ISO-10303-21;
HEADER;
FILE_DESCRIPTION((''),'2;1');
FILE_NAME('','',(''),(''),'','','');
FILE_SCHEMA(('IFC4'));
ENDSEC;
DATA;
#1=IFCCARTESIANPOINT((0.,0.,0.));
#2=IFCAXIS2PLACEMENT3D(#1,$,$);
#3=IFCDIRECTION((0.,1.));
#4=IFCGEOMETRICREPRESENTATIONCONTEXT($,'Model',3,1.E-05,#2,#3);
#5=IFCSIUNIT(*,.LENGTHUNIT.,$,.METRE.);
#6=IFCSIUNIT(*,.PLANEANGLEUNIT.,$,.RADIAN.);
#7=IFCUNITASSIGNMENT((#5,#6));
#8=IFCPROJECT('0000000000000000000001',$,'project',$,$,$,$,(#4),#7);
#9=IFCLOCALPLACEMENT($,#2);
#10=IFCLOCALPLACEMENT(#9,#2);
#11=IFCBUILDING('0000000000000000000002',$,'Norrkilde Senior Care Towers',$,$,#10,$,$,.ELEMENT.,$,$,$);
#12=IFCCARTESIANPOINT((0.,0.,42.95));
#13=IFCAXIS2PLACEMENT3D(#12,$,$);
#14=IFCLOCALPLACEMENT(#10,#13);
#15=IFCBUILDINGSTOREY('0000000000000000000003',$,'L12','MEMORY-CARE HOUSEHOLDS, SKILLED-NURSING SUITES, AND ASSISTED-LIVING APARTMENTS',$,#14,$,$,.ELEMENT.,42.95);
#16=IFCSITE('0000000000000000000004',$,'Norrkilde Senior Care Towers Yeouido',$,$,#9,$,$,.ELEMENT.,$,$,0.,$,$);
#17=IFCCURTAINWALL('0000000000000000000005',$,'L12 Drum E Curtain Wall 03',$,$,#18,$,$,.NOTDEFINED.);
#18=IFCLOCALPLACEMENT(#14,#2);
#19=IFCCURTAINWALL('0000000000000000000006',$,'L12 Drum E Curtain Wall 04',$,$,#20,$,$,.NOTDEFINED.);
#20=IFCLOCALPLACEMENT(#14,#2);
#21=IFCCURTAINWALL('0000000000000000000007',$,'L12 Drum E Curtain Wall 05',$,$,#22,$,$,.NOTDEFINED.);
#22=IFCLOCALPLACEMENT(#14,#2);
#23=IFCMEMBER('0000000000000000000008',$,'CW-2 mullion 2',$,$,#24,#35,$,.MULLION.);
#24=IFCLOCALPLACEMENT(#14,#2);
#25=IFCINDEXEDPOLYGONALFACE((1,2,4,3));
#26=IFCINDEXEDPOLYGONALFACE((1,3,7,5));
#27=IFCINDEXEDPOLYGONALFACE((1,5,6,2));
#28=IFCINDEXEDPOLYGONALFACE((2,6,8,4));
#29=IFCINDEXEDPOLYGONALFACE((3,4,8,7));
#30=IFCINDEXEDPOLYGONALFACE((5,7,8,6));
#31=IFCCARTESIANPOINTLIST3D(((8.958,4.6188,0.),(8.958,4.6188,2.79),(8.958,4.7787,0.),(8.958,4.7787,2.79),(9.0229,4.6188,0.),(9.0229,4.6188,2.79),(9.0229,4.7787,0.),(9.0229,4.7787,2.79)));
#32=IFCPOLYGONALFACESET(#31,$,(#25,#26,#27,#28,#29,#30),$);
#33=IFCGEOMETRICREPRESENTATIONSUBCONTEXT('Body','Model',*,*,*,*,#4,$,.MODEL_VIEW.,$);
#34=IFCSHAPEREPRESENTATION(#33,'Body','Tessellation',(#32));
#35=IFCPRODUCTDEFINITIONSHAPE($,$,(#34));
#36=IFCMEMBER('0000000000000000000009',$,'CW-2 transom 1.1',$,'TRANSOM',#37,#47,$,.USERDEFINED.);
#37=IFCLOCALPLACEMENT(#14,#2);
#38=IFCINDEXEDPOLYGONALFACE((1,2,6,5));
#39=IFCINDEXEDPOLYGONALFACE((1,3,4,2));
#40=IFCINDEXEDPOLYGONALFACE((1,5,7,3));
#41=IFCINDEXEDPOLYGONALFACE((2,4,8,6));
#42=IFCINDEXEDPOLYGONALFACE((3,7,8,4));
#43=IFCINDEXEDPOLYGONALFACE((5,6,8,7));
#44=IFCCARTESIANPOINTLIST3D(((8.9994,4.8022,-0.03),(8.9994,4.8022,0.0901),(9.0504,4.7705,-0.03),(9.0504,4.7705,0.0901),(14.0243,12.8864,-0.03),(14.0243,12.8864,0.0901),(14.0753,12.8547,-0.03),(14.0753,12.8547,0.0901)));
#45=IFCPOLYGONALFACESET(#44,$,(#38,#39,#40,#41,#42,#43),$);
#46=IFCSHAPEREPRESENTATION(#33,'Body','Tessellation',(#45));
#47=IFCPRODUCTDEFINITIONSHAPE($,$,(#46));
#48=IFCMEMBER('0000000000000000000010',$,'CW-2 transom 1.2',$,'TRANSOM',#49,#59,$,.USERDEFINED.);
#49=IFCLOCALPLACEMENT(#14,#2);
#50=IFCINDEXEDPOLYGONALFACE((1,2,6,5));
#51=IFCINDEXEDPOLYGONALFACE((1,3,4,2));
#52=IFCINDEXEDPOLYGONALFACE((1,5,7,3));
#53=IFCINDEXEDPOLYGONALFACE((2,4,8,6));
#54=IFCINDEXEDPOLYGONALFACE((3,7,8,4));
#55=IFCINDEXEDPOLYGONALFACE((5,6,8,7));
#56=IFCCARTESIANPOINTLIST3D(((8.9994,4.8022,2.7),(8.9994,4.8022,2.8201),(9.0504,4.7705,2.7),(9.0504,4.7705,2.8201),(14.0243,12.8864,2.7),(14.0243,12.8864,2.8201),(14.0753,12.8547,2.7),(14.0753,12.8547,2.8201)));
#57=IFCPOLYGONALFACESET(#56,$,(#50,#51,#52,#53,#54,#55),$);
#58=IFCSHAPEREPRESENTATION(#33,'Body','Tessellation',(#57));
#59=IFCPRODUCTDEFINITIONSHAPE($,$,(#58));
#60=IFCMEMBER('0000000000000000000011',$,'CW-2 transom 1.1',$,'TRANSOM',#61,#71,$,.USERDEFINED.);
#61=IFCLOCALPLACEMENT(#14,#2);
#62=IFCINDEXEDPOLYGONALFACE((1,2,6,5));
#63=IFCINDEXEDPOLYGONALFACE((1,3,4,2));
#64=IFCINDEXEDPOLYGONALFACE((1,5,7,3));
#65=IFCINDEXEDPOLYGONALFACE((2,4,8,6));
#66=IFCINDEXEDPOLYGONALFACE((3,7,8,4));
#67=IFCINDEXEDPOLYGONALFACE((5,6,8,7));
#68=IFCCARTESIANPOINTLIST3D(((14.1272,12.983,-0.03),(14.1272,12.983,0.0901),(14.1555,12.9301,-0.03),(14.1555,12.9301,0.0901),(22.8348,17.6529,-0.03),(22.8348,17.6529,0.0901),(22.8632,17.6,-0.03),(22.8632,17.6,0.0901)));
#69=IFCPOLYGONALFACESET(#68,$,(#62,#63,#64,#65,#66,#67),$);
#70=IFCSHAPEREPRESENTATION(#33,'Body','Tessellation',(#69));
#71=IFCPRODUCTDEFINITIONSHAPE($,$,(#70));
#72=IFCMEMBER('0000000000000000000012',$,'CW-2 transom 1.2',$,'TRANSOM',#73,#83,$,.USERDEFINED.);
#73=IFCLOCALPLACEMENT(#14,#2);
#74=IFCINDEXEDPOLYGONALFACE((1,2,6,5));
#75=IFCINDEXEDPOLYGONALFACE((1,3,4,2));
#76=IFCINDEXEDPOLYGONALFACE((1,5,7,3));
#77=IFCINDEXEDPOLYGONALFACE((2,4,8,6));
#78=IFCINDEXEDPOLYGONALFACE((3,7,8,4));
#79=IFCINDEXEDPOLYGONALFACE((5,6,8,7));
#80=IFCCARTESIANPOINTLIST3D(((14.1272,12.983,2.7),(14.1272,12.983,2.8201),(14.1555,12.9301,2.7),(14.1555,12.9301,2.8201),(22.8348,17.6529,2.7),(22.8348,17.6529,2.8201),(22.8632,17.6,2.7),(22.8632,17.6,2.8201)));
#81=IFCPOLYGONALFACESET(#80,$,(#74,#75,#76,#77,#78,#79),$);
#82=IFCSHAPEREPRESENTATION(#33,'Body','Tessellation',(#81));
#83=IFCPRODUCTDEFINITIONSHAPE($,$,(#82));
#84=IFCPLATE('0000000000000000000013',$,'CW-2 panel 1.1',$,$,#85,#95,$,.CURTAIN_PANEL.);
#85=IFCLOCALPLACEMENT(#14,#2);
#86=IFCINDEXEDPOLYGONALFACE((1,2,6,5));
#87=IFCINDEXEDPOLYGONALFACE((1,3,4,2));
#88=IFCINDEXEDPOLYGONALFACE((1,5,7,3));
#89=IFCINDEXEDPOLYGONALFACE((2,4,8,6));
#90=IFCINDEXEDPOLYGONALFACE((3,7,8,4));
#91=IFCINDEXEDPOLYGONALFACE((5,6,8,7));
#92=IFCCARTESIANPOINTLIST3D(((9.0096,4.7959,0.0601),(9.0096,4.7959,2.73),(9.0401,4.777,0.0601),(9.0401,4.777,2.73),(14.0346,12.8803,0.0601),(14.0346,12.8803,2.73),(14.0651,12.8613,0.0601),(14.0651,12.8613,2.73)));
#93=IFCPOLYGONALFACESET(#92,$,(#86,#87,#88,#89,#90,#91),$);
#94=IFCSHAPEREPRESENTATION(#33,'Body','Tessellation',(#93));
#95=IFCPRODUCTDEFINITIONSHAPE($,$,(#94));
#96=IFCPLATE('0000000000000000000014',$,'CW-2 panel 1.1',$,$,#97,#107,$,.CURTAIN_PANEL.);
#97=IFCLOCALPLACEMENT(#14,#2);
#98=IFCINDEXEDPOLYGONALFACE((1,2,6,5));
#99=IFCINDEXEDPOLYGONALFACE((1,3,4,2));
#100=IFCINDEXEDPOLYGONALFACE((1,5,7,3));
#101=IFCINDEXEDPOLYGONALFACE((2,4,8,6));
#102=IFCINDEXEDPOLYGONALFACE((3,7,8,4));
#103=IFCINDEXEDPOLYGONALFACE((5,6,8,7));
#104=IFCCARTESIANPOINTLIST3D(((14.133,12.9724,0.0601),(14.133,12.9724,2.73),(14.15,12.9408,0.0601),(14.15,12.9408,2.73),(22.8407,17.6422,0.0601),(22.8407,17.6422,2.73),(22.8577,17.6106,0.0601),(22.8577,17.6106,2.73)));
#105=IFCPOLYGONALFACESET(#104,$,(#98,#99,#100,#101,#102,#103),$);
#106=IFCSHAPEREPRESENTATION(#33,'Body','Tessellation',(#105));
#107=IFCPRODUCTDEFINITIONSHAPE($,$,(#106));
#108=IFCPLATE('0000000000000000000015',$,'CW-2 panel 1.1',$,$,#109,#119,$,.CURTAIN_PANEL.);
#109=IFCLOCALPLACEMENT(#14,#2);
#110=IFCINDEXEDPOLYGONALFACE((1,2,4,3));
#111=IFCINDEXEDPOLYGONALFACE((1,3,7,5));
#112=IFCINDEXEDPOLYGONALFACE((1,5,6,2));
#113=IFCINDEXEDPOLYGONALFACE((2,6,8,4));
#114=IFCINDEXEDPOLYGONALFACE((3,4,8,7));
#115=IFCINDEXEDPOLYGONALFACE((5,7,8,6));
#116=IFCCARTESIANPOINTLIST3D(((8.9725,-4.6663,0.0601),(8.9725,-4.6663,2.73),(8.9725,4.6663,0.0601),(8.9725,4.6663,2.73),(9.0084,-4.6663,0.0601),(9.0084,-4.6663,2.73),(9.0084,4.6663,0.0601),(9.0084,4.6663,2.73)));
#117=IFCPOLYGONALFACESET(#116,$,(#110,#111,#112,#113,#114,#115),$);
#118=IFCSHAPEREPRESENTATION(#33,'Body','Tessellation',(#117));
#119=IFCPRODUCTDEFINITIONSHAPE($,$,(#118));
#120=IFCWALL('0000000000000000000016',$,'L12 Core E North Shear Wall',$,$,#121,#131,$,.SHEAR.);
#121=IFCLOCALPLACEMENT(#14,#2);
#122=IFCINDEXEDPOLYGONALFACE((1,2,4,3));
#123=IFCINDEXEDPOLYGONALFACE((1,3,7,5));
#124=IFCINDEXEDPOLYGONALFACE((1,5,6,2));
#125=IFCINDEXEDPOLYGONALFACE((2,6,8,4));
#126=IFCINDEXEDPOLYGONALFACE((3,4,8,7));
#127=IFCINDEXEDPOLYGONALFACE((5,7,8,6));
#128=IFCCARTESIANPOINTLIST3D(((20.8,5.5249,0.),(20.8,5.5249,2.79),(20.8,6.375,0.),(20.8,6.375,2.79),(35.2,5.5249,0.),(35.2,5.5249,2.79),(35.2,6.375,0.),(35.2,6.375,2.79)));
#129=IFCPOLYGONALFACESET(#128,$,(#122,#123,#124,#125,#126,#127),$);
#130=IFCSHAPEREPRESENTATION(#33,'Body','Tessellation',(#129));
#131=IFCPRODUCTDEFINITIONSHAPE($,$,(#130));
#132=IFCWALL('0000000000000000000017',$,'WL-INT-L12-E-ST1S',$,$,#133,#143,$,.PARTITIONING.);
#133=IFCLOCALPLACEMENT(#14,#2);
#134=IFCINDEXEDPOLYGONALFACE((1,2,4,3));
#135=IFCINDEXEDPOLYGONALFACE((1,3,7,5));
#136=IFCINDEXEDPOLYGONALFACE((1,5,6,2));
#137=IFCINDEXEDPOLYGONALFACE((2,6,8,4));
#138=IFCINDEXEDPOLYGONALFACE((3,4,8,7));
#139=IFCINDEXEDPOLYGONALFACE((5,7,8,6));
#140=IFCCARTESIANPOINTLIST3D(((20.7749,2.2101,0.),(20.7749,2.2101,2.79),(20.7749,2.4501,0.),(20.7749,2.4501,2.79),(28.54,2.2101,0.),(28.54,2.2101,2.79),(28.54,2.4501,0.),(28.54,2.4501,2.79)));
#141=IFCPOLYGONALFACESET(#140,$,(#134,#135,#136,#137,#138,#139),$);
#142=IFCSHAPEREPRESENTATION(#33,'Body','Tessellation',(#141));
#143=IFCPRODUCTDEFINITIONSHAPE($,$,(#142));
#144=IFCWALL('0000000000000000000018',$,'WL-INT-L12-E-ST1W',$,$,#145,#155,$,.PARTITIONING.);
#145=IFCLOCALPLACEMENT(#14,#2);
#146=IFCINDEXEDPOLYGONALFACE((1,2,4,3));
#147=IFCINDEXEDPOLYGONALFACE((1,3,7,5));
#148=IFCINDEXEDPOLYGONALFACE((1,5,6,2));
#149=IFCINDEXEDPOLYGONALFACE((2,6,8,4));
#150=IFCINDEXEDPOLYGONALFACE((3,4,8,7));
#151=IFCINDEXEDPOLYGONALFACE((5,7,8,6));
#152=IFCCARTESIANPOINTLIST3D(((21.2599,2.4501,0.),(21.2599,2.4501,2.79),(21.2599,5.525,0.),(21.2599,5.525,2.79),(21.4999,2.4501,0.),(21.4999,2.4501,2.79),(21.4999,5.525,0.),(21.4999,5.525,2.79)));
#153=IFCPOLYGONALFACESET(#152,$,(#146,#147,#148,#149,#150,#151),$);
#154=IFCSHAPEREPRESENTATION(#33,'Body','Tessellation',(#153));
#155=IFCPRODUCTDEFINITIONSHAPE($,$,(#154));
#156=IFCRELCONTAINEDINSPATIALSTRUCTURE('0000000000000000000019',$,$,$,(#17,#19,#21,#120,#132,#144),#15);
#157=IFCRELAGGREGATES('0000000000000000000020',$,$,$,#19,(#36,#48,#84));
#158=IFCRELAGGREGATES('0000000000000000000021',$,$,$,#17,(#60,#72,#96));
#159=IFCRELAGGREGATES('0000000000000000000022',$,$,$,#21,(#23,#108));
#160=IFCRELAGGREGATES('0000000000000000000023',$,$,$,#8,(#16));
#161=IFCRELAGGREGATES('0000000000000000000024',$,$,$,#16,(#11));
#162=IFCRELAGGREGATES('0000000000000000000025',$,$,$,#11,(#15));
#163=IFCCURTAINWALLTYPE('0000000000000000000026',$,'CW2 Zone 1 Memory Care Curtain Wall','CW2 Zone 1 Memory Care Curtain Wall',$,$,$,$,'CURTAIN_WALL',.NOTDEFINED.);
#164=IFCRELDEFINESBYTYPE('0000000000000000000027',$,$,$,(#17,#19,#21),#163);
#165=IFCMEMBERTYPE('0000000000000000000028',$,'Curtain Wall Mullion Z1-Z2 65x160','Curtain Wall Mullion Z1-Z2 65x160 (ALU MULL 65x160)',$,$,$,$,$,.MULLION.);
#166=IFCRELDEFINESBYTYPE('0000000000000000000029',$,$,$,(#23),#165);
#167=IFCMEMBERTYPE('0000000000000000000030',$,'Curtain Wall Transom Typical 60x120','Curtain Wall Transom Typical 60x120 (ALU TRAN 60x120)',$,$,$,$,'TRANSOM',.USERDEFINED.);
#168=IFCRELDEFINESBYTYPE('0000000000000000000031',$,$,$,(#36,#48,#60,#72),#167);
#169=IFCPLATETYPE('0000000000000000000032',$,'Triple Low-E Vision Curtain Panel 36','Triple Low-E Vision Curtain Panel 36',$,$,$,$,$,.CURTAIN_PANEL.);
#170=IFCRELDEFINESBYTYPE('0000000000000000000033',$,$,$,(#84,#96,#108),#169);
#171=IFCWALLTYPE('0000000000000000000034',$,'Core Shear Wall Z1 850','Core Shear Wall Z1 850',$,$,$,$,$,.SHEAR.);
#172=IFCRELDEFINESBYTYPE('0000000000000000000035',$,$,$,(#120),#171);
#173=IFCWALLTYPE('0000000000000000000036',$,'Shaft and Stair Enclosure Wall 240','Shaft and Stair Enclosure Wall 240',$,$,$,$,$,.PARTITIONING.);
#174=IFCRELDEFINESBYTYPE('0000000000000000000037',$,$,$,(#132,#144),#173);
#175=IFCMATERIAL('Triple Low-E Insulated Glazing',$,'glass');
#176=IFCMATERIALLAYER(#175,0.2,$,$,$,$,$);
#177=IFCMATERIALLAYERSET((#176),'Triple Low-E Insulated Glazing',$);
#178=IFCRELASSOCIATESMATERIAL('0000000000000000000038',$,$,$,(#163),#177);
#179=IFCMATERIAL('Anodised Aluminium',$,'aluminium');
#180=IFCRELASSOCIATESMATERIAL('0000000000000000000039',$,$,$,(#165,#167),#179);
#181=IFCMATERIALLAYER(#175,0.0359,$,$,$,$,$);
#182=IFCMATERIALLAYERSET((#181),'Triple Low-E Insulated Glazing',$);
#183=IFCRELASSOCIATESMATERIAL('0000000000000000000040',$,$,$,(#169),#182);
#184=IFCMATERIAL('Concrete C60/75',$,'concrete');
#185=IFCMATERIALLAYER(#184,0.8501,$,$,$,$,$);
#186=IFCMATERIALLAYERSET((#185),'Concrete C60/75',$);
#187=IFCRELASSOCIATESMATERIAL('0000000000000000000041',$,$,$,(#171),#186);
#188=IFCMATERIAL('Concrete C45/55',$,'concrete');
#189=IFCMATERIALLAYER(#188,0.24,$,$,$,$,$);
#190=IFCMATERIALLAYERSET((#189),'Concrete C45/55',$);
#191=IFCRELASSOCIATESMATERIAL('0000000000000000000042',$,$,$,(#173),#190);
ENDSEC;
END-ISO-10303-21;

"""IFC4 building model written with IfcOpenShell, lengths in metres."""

from ifc_helpers import new_model, si_unit, direction, frame, frame_2d, origin, origin_2d, place, context, subcontext, project, spatial, rectangle, extrude, source, transform, mapped, material, layer, layer_set, material_profile, profile_set, type_object, type_shapes, element, aggregate, save


model = new_model("IFC4")

# Units and contexts
model_context = context("Model", 3, precision=1e-05, world=origin(), true_north=direction((0.0, 1.0)))
body_context = subcontext(model_context, "Body", "Model", "MODEL_VIEW")
ifc_project = project(units=[si_unit("LENGTHUNIT", "METRE"), si_unit("PLANEANGLEUNIT", "RADIAN")], contexts=[model_context])

# Site, building, storey
site_placement = place(None, origin())
site = spatial("IfcSite", under=ifc_project, at=site_placement, Name="Norrkilde Senior Care Towers Yeouido", CompositionType="ELEMENT", RefElevation=0.0)
building_placement = place(site_placement, origin())
building = spatial("IfcBuilding", under=site, at=building_placement, Name="Norrkilde Senior Care Towers", CompositionType="ELEMENT")
storey_placement = place(building_placement, frame((0.0, 0.0, 42.95)))
storey = spatial("IfcBuildingStorey", under=building, at=storey_placement, Name="L12", Description="MEMORY-CARE HOUSEHOLDS, SKILLED-NURSING SUITES, AND ASSISTED-LIVING APARTMENTS", CompositionType="ELEMENT", Elevation=42.95)

# Shared definitions
ifc_material_1 = material(Name="Concrete C60/75", Category="concrete")

# Curtain wall
ifc_material_2 = material(Name="Triple Low-E Insulated Glazing", Category="glass")
ifc_layer_1 = layer(ifc_material_2, 0.2)
ifc_layer_set_1 = layer_set([ifc_layer_1], Name="Triple Low-E Insulated Glazing")
curtain_wall_type = type_object("IfcCurtainWallType", Name="CW2 Zone 1 Memory Care Curtain Wall", Description="CW2 Zone 1 Memory Care Curtain Wall", ElementType="CURTAIN_WALL", PredefinedType="NOTDEFINED", material=ifc_layer_set_1)
curtain_wall_1_placement = place(storey_placement, origin())
curtain_wall_1 = element("IfcCurtainWall", 1, at=curtain_wall_1_placement, inside=storey, type_object=curtain_wall_type, Name="L12 Drum E Curtain Wall 03", PredefinedType="NOTDEFINED")
ifc_material_3 = material(Name="Anodised Aluminium", Category="aluminium")
ifc_material_profile_1 = material_profile(ifc_material_3, rectangle(XDim=0.0649, YDim=0.1599, at=origin_2d()), Name="ALU MULL 65x160")
ifc_profile_set_1 = profile_set([ifc_material_profile_1], Name="Anodised Aluminium")
member_type_1 = type_object("IfcMemberType", Name="Curtain Wall Mullion Z1-Z2 65x160", Description="Curtain Wall Mullion Z1-Z2 65x160 (ALU MULL 65x160)", PredefinedType="MULLION", material=ifc_profile_set_1)
shared_shape_1 = source(origin(), body_context, "Body", "SweptSolid", [
    extrude(rectangle(XDim=0.0649, YDim=0.1599, at=origin_2d()), origin(), (0.0, 0.0, 1.0), 2.79),
])
type_shapes(member_type_1, [shared_shape_1])

# Curtain wall
curtain_wall_2_placement = place(storey_placement, origin())
curtain_wall_2 = element("IfcCurtainWall", 2, at=curtain_wall_2_placement, inside=storey, type_object=curtain_wall_type, Name="L12 Drum E Curtain Wall 04", PredefinedType="NOTDEFINED")

# Curtain wall, member
curtain_wall_3_placement = place(storey_placement, origin())
curtain_wall_3 = element("IfcCurtainWall", 3, at=curtain_wall_3_placement, inside=storey, type_object=curtain_wall_type, Name="L12 Drum E Curtain Wall 05", PredefinedType="NOTDEFINED")
member_1_placement = place(storey_placement, frame((8.9905, 4.6987, 0.0), z_axis=(0.0, 0.0, 1.0), x_axis=(-1.0, 0.0, 0.0)))
member_1 = element("IfcMember", 4, at=member_1_placement, type_object=member_type_1, Name="CW-2 mullion 2", PredefinedType="MULLION", context=body_context, shape_type="MappedRepresentation", body=[
    mapped(shared_shape_1, transform((0.0, 0.0, 0.0), x_axis=(1.0, 0.0, 0.0), y_axis=(0.0, 1.0, 0.0), z_axis=(0.0, 0.0, 1.0), scale=1.0)),
])

# Members
ifc_material_profile_2 = material_profile(ifc_material_3, rectangle(XDim=0.0601, YDim=0.1201, at=origin_2d()), Name="ALU TRAN 60x120")
ifc_profile_set_2 = profile_set([ifc_material_profile_2], Name="Anodised Aluminium")
member_type_2 = type_object("IfcMemberType", Name="Curtain Wall Transom Typical 60x120", Description="Curtain Wall Transom Typical 60x120 (ALU TRAN 60x120)", ElementType="TRANSOM", PredefinedType="USERDEFINED", material=ifc_profile_set_2)
shared_shape_2 = source(origin(), body_context, "Body", "SweptSolid", [
    extrude(rectangle(XDim=0.0601, YDim=0.1201, at=origin_2d()), origin(), (0.0, 0.0, 1.0), 9.5186),
])
member_2_placement = place(storey_placement, frame((9.0249, 4.7864, 0.03), z_axis=(0.527902, 0.849306, 0.0), x_axis=(-0.849306, 0.527902, 0.0)))
member_2 = element("IfcMember", 5, at=member_2_placement, type_object=member_type_2, Name="CW-2 transom 1.1", ObjectType="TRANSOM", PredefinedType="USERDEFINED", context=body_context, shape_type="MappedRepresentation", body=[
    mapped(shared_shape_2, transform((0.0, 0.0, 0.0), x_axis=(1.0, 0.0, 0.0), y_axis=(0.0, 1.0, 0.0), z_axis=(0.0, 0.0, 1.0), scale=1.0)),
])
member_3_placement = place(storey_placement, frame((9.0249, 4.7864, 2.76), z_axis=(0.527902, 0.849306, 0.0), x_axis=(-0.849306, 0.527902, 0.0)))
member_3 = element("IfcMember", 6, at=member_3_placement, type_object=member_type_2, Name="CW-2 transom 1.2", ObjectType="TRANSOM", PredefinedType="USERDEFINED", context=body_context, shape_type="MappedRepresentation", body=[
    mapped(shared_shape_2, transform((0.0, 0.0, 0.0), x_axis=(1.0, 0.0, 0.0), y_axis=(0.0, 1.0, 0.0), z_axis=(0.0, 0.0, 1.0), scale=1.0)),
])
shared_shape_3 = source(origin(), body_context, "Body", "SweptSolid", [
    extrude(rectangle(XDim=0.0601, YDim=0.1201, at=origin_2d()), origin(), (0.0, 0.0, 1.0), 9.8809),
])
type_shapes(member_type_2, [shared_shape_2, shared_shape_3])
member_4_placement = place(storey_placement, frame((14.1414, 12.9565, 0.03), z_axis=(0.881267, 0.472618, 0.0), x_axis=(-0.472618, 0.881267, 0.0)))
member_4 = element("IfcMember", 7, at=member_4_placement, type_object=member_type_2, Name="CW-2 transom 1.1", ObjectType="TRANSOM", PredefinedType="USERDEFINED", context=body_context, shape_type="MappedRepresentation", body=[
    mapped(shared_shape_3, transform((0.0, 0.0, 0.0), x_axis=(1.0, 0.0, 0.0), y_axis=(0.0, 1.0, 0.0), z_axis=(0.0, 0.0, 1.0), scale=1.0)),
])
member_5_placement = place(storey_placement, frame((14.1414, 12.9565, 2.76), z_axis=(0.881267, 0.472618, 0.0), x_axis=(-0.472618, 0.881267, 0.0)))
member_5 = element("IfcMember", 8, at=member_5_placement, type_object=member_type_2, Name="CW-2 transom 1.2", ObjectType="TRANSOM", PredefinedType="USERDEFINED", context=body_context, shape_type="MappedRepresentation", body=[
    mapped(shared_shape_3, transform((0.0, 0.0, 0.0), x_axis=(1.0, 0.0, 0.0), y_axis=(0.0, 1.0, 0.0), z_axis=(0.0, 0.0, 1.0), scale=1.0)),
])

# Plates
ifc_layer_2 = layer(ifc_material_2, 0.0359)
ifc_layer_set_2 = layer_set([ifc_layer_2], Name="Triple Low-E Insulated Glazing")
plate_type = type_object("IfcPlateType", Name="Triple Low-E Vision Curtain Panel 36", Description="Triple Low-E Vision Curtain Panel 36", PredefinedType="CURTAIN_PANEL", material=ifc_layer_set_2)
shared_shape_4 = source(origin(), body_context, "Body", "SweptSolid", [
    extrude(rectangle(XDim=9.5188, YDim=0.0359, at=origin_2d()), origin(), (0.0, 0.0, 1.0), 2.6699),
])
plate_1_placement = place(storey_placement, frame((11.5374, 8.8286, 0.0601), z_axis=(0.0, 0.0, 1.0), x_axis=(0.527901, 0.849306, 0.0)))
plate_1 = element("IfcPlate", 9, at=plate_1_placement, type_object=plate_type, Name="CW-2 panel 1.1", PredefinedType="CURTAIN_PANEL", context=body_context, shape_type="MappedRepresentation", body=[
    mapped(shared_shape_4, transform((0.0, 0.0, 0.0), x_axis=(1.0, 0.0, 0.0), y_axis=(0.0, 1.0, 0.0), z_axis=(0.0, 0.0, 1.0), scale=1.0)),
])
aggregate(curtain_wall_2, [member_2, member_3, plate_1])
shared_shape_5 = source(origin(), body_context, "Body", "SweptSolid", [
    extrude(rectangle(XDim=9.8809, YDim=0.0359, at=origin_2d()), origin(), (0.0, 0.0, 1.0), 2.6699),
])
plate_2_placement = place(storey_placement, frame((18.4954, 15.2915, 0.0601), z_axis=(0.0, 0.0, 1.0), x_axis=(0.881273, 0.472608, 0.0)))
plate_2 = element("IfcPlate", 10, at=plate_2_placement, type_object=plate_type, Name="CW-2 panel 1.1", PredefinedType="CURTAIN_PANEL", context=body_context, shape_type="MappedRepresentation", body=[
    mapped(shared_shape_5, transform((0.0, 0.0, 0.0), x_axis=(1.0, 0.0, 0.0), y_axis=(0.0, 1.0, 0.0), z_axis=(0.0, 0.0, 1.0), scale=1.0)),
])
aggregate(curtain_wall_1, [member_4, member_5, plate_2])
shared_shape_6 = source(origin(), body_context, "Body", "SweptSolid", [
    extrude(rectangle(XDim=9.3325, YDim=0.0359, at=origin_2d()), origin(), (0.0, 0.0, 1.0), 2.6699),
])
type_shapes(plate_type, [shared_shape_4, shared_shape_5, shared_shape_6])
plate_3_placement = place(storey_placement, frame((8.9905, 0.0, 0.0601), z_axis=(0.0, 0.0, 1.0), x_axis=(0.0, 1.0, 0.0)))
plate_3 = element("IfcPlate", 11, at=plate_3_placement, type_object=plate_type, Name="CW-2 panel 1.1", PredefinedType="CURTAIN_PANEL", context=body_context, shape_type="MappedRepresentation", body=[
    mapped(shared_shape_6, transform((0.0, 0.0, 0.0), x_axis=(1.0, 0.0, 0.0), y_axis=(0.0, 1.0, 0.0), z_axis=(0.0, 0.0, 1.0), scale=1.0)),
])
aggregate(curtain_wall_3, [member_1, plate_3])

# Walls
ifc_layer_3 = layer(ifc_material_1, 0.8501)
ifc_layer_set_3 = layer_set([ifc_layer_3], Name="Concrete C60/75")
wall_type_1 = type_object("IfcWallType", Name="Core Shear Wall Z1 850", Description="Core Shear Wall Z1 850", PredefinedType="SHEAR", material=ifc_layer_set_3)
shared_shape_7 = source(origin(), body_context, "Body", "SweptSolid", [
    extrude(rectangle(XDim=14.3999, YDim=0.8501, at=frame_2d((7.2, 0.0))), origin(), (0.0, 0.0, 1.0), 2.79),
])
type_shapes(wall_type_1, [shared_shape_7])
wall_1_placement = place(storey_placement, frame((20.8, 5.95, 0.0), z_axis=(0.0, 0.0, 1.0), x_axis=(1.0, 0.0, 0.0)))
element("IfcWall", 12, at=wall_1_placement, inside=storey, type_object=wall_type_1, Name="L12 Core E North Shear Wall", PredefinedType="SHEAR", context=body_context, shape_type="MappedRepresentation", body=[
    mapped(shared_shape_7, transform((0.0, 0.0, 0.0), x_axis=(1.0, 0.0, 0.0), y_axis=(0.0, 1.0, 0.0), z_axis=(0.0, 0.0, 1.0), scale=1.0)),
])
ifc_material_4 = material(Name="Concrete C45/55", Category="concrete")
ifc_layer_4 = layer(ifc_material_4, 0.24)
ifc_layer_set_4 = layer_set([ifc_layer_4], Name="Concrete C45/55")
wall_type_2 = type_object("IfcWallType", Name="Shaft and Stair Enclosure Wall 240", Description="Shaft and Stair Enclosure Wall 240", PredefinedType="PARTITIONING", material=ifc_layer_set_4)
shared_shape_8 = source(origin(), body_context, "Body", "SweptSolid", [
    extrude(rectangle(XDim=7.7651, YDim=0.24, at=frame_2d((3.8826, 0.0))), origin(), (0.0, 0.0, 1.0), 2.79),
])
wall_2_placement = place(storey_placement, frame((20.7749, 2.3301, 0.0), z_axis=(0.0, 0.0, 1.0), x_axis=(1.0, 0.0, 0.0)))
element("IfcWall", 13, at=wall_2_placement, inside=storey, type_object=wall_type_2, Name="WL-INT-L12-E-ST1S", PredefinedType="PARTITIONING", context=body_context, shape_type="MappedRepresentation", body=[
    mapped(shared_shape_8, transform((0.0, 0.0, 0.0), x_axis=(1.0, 0.0, 0.0), y_axis=(0.0, 1.0, 0.0), z_axis=(0.0, 0.0, 1.0), scale=1.0)),
])
shared_shape_9 = source(origin(), body_context, "Body", "SweptSolid", [
    extrude(rectangle(XDim=3.075, YDim=0.24, at=frame_2d((1.5376, 0.0))), origin(), (0.0, 0.0, 1.0), 2.79),
])
type_shapes(wall_type_2, [shared_shape_8, shared_shape_9])
wall_3_placement = place(storey_placement, frame((21.3799, 2.45, 0.0), z_axis=(0.0, 0.0, 1.0), x_axis=(0.0, 1.0, 0.0)))
element("IfcWall", 14, at=wall_3_placement, inside=storey, type_object=wall_type_2, Name="WL-INT-L12-E-ST1W", PredefinedType="PARTITIONING", context=body_context, shape_type="MappedRepresentation", body=[
    mapped(shared_shape_9, transform((0.0, 0.0, 0.0), x_axis=(1.0, 0.0, 0.0), y_axis=(0.0, 1.0, 0.0), z_axis=(0.0, 0.0, 1.0), scale=1.0)),
])

save(model, "model.ifc")
